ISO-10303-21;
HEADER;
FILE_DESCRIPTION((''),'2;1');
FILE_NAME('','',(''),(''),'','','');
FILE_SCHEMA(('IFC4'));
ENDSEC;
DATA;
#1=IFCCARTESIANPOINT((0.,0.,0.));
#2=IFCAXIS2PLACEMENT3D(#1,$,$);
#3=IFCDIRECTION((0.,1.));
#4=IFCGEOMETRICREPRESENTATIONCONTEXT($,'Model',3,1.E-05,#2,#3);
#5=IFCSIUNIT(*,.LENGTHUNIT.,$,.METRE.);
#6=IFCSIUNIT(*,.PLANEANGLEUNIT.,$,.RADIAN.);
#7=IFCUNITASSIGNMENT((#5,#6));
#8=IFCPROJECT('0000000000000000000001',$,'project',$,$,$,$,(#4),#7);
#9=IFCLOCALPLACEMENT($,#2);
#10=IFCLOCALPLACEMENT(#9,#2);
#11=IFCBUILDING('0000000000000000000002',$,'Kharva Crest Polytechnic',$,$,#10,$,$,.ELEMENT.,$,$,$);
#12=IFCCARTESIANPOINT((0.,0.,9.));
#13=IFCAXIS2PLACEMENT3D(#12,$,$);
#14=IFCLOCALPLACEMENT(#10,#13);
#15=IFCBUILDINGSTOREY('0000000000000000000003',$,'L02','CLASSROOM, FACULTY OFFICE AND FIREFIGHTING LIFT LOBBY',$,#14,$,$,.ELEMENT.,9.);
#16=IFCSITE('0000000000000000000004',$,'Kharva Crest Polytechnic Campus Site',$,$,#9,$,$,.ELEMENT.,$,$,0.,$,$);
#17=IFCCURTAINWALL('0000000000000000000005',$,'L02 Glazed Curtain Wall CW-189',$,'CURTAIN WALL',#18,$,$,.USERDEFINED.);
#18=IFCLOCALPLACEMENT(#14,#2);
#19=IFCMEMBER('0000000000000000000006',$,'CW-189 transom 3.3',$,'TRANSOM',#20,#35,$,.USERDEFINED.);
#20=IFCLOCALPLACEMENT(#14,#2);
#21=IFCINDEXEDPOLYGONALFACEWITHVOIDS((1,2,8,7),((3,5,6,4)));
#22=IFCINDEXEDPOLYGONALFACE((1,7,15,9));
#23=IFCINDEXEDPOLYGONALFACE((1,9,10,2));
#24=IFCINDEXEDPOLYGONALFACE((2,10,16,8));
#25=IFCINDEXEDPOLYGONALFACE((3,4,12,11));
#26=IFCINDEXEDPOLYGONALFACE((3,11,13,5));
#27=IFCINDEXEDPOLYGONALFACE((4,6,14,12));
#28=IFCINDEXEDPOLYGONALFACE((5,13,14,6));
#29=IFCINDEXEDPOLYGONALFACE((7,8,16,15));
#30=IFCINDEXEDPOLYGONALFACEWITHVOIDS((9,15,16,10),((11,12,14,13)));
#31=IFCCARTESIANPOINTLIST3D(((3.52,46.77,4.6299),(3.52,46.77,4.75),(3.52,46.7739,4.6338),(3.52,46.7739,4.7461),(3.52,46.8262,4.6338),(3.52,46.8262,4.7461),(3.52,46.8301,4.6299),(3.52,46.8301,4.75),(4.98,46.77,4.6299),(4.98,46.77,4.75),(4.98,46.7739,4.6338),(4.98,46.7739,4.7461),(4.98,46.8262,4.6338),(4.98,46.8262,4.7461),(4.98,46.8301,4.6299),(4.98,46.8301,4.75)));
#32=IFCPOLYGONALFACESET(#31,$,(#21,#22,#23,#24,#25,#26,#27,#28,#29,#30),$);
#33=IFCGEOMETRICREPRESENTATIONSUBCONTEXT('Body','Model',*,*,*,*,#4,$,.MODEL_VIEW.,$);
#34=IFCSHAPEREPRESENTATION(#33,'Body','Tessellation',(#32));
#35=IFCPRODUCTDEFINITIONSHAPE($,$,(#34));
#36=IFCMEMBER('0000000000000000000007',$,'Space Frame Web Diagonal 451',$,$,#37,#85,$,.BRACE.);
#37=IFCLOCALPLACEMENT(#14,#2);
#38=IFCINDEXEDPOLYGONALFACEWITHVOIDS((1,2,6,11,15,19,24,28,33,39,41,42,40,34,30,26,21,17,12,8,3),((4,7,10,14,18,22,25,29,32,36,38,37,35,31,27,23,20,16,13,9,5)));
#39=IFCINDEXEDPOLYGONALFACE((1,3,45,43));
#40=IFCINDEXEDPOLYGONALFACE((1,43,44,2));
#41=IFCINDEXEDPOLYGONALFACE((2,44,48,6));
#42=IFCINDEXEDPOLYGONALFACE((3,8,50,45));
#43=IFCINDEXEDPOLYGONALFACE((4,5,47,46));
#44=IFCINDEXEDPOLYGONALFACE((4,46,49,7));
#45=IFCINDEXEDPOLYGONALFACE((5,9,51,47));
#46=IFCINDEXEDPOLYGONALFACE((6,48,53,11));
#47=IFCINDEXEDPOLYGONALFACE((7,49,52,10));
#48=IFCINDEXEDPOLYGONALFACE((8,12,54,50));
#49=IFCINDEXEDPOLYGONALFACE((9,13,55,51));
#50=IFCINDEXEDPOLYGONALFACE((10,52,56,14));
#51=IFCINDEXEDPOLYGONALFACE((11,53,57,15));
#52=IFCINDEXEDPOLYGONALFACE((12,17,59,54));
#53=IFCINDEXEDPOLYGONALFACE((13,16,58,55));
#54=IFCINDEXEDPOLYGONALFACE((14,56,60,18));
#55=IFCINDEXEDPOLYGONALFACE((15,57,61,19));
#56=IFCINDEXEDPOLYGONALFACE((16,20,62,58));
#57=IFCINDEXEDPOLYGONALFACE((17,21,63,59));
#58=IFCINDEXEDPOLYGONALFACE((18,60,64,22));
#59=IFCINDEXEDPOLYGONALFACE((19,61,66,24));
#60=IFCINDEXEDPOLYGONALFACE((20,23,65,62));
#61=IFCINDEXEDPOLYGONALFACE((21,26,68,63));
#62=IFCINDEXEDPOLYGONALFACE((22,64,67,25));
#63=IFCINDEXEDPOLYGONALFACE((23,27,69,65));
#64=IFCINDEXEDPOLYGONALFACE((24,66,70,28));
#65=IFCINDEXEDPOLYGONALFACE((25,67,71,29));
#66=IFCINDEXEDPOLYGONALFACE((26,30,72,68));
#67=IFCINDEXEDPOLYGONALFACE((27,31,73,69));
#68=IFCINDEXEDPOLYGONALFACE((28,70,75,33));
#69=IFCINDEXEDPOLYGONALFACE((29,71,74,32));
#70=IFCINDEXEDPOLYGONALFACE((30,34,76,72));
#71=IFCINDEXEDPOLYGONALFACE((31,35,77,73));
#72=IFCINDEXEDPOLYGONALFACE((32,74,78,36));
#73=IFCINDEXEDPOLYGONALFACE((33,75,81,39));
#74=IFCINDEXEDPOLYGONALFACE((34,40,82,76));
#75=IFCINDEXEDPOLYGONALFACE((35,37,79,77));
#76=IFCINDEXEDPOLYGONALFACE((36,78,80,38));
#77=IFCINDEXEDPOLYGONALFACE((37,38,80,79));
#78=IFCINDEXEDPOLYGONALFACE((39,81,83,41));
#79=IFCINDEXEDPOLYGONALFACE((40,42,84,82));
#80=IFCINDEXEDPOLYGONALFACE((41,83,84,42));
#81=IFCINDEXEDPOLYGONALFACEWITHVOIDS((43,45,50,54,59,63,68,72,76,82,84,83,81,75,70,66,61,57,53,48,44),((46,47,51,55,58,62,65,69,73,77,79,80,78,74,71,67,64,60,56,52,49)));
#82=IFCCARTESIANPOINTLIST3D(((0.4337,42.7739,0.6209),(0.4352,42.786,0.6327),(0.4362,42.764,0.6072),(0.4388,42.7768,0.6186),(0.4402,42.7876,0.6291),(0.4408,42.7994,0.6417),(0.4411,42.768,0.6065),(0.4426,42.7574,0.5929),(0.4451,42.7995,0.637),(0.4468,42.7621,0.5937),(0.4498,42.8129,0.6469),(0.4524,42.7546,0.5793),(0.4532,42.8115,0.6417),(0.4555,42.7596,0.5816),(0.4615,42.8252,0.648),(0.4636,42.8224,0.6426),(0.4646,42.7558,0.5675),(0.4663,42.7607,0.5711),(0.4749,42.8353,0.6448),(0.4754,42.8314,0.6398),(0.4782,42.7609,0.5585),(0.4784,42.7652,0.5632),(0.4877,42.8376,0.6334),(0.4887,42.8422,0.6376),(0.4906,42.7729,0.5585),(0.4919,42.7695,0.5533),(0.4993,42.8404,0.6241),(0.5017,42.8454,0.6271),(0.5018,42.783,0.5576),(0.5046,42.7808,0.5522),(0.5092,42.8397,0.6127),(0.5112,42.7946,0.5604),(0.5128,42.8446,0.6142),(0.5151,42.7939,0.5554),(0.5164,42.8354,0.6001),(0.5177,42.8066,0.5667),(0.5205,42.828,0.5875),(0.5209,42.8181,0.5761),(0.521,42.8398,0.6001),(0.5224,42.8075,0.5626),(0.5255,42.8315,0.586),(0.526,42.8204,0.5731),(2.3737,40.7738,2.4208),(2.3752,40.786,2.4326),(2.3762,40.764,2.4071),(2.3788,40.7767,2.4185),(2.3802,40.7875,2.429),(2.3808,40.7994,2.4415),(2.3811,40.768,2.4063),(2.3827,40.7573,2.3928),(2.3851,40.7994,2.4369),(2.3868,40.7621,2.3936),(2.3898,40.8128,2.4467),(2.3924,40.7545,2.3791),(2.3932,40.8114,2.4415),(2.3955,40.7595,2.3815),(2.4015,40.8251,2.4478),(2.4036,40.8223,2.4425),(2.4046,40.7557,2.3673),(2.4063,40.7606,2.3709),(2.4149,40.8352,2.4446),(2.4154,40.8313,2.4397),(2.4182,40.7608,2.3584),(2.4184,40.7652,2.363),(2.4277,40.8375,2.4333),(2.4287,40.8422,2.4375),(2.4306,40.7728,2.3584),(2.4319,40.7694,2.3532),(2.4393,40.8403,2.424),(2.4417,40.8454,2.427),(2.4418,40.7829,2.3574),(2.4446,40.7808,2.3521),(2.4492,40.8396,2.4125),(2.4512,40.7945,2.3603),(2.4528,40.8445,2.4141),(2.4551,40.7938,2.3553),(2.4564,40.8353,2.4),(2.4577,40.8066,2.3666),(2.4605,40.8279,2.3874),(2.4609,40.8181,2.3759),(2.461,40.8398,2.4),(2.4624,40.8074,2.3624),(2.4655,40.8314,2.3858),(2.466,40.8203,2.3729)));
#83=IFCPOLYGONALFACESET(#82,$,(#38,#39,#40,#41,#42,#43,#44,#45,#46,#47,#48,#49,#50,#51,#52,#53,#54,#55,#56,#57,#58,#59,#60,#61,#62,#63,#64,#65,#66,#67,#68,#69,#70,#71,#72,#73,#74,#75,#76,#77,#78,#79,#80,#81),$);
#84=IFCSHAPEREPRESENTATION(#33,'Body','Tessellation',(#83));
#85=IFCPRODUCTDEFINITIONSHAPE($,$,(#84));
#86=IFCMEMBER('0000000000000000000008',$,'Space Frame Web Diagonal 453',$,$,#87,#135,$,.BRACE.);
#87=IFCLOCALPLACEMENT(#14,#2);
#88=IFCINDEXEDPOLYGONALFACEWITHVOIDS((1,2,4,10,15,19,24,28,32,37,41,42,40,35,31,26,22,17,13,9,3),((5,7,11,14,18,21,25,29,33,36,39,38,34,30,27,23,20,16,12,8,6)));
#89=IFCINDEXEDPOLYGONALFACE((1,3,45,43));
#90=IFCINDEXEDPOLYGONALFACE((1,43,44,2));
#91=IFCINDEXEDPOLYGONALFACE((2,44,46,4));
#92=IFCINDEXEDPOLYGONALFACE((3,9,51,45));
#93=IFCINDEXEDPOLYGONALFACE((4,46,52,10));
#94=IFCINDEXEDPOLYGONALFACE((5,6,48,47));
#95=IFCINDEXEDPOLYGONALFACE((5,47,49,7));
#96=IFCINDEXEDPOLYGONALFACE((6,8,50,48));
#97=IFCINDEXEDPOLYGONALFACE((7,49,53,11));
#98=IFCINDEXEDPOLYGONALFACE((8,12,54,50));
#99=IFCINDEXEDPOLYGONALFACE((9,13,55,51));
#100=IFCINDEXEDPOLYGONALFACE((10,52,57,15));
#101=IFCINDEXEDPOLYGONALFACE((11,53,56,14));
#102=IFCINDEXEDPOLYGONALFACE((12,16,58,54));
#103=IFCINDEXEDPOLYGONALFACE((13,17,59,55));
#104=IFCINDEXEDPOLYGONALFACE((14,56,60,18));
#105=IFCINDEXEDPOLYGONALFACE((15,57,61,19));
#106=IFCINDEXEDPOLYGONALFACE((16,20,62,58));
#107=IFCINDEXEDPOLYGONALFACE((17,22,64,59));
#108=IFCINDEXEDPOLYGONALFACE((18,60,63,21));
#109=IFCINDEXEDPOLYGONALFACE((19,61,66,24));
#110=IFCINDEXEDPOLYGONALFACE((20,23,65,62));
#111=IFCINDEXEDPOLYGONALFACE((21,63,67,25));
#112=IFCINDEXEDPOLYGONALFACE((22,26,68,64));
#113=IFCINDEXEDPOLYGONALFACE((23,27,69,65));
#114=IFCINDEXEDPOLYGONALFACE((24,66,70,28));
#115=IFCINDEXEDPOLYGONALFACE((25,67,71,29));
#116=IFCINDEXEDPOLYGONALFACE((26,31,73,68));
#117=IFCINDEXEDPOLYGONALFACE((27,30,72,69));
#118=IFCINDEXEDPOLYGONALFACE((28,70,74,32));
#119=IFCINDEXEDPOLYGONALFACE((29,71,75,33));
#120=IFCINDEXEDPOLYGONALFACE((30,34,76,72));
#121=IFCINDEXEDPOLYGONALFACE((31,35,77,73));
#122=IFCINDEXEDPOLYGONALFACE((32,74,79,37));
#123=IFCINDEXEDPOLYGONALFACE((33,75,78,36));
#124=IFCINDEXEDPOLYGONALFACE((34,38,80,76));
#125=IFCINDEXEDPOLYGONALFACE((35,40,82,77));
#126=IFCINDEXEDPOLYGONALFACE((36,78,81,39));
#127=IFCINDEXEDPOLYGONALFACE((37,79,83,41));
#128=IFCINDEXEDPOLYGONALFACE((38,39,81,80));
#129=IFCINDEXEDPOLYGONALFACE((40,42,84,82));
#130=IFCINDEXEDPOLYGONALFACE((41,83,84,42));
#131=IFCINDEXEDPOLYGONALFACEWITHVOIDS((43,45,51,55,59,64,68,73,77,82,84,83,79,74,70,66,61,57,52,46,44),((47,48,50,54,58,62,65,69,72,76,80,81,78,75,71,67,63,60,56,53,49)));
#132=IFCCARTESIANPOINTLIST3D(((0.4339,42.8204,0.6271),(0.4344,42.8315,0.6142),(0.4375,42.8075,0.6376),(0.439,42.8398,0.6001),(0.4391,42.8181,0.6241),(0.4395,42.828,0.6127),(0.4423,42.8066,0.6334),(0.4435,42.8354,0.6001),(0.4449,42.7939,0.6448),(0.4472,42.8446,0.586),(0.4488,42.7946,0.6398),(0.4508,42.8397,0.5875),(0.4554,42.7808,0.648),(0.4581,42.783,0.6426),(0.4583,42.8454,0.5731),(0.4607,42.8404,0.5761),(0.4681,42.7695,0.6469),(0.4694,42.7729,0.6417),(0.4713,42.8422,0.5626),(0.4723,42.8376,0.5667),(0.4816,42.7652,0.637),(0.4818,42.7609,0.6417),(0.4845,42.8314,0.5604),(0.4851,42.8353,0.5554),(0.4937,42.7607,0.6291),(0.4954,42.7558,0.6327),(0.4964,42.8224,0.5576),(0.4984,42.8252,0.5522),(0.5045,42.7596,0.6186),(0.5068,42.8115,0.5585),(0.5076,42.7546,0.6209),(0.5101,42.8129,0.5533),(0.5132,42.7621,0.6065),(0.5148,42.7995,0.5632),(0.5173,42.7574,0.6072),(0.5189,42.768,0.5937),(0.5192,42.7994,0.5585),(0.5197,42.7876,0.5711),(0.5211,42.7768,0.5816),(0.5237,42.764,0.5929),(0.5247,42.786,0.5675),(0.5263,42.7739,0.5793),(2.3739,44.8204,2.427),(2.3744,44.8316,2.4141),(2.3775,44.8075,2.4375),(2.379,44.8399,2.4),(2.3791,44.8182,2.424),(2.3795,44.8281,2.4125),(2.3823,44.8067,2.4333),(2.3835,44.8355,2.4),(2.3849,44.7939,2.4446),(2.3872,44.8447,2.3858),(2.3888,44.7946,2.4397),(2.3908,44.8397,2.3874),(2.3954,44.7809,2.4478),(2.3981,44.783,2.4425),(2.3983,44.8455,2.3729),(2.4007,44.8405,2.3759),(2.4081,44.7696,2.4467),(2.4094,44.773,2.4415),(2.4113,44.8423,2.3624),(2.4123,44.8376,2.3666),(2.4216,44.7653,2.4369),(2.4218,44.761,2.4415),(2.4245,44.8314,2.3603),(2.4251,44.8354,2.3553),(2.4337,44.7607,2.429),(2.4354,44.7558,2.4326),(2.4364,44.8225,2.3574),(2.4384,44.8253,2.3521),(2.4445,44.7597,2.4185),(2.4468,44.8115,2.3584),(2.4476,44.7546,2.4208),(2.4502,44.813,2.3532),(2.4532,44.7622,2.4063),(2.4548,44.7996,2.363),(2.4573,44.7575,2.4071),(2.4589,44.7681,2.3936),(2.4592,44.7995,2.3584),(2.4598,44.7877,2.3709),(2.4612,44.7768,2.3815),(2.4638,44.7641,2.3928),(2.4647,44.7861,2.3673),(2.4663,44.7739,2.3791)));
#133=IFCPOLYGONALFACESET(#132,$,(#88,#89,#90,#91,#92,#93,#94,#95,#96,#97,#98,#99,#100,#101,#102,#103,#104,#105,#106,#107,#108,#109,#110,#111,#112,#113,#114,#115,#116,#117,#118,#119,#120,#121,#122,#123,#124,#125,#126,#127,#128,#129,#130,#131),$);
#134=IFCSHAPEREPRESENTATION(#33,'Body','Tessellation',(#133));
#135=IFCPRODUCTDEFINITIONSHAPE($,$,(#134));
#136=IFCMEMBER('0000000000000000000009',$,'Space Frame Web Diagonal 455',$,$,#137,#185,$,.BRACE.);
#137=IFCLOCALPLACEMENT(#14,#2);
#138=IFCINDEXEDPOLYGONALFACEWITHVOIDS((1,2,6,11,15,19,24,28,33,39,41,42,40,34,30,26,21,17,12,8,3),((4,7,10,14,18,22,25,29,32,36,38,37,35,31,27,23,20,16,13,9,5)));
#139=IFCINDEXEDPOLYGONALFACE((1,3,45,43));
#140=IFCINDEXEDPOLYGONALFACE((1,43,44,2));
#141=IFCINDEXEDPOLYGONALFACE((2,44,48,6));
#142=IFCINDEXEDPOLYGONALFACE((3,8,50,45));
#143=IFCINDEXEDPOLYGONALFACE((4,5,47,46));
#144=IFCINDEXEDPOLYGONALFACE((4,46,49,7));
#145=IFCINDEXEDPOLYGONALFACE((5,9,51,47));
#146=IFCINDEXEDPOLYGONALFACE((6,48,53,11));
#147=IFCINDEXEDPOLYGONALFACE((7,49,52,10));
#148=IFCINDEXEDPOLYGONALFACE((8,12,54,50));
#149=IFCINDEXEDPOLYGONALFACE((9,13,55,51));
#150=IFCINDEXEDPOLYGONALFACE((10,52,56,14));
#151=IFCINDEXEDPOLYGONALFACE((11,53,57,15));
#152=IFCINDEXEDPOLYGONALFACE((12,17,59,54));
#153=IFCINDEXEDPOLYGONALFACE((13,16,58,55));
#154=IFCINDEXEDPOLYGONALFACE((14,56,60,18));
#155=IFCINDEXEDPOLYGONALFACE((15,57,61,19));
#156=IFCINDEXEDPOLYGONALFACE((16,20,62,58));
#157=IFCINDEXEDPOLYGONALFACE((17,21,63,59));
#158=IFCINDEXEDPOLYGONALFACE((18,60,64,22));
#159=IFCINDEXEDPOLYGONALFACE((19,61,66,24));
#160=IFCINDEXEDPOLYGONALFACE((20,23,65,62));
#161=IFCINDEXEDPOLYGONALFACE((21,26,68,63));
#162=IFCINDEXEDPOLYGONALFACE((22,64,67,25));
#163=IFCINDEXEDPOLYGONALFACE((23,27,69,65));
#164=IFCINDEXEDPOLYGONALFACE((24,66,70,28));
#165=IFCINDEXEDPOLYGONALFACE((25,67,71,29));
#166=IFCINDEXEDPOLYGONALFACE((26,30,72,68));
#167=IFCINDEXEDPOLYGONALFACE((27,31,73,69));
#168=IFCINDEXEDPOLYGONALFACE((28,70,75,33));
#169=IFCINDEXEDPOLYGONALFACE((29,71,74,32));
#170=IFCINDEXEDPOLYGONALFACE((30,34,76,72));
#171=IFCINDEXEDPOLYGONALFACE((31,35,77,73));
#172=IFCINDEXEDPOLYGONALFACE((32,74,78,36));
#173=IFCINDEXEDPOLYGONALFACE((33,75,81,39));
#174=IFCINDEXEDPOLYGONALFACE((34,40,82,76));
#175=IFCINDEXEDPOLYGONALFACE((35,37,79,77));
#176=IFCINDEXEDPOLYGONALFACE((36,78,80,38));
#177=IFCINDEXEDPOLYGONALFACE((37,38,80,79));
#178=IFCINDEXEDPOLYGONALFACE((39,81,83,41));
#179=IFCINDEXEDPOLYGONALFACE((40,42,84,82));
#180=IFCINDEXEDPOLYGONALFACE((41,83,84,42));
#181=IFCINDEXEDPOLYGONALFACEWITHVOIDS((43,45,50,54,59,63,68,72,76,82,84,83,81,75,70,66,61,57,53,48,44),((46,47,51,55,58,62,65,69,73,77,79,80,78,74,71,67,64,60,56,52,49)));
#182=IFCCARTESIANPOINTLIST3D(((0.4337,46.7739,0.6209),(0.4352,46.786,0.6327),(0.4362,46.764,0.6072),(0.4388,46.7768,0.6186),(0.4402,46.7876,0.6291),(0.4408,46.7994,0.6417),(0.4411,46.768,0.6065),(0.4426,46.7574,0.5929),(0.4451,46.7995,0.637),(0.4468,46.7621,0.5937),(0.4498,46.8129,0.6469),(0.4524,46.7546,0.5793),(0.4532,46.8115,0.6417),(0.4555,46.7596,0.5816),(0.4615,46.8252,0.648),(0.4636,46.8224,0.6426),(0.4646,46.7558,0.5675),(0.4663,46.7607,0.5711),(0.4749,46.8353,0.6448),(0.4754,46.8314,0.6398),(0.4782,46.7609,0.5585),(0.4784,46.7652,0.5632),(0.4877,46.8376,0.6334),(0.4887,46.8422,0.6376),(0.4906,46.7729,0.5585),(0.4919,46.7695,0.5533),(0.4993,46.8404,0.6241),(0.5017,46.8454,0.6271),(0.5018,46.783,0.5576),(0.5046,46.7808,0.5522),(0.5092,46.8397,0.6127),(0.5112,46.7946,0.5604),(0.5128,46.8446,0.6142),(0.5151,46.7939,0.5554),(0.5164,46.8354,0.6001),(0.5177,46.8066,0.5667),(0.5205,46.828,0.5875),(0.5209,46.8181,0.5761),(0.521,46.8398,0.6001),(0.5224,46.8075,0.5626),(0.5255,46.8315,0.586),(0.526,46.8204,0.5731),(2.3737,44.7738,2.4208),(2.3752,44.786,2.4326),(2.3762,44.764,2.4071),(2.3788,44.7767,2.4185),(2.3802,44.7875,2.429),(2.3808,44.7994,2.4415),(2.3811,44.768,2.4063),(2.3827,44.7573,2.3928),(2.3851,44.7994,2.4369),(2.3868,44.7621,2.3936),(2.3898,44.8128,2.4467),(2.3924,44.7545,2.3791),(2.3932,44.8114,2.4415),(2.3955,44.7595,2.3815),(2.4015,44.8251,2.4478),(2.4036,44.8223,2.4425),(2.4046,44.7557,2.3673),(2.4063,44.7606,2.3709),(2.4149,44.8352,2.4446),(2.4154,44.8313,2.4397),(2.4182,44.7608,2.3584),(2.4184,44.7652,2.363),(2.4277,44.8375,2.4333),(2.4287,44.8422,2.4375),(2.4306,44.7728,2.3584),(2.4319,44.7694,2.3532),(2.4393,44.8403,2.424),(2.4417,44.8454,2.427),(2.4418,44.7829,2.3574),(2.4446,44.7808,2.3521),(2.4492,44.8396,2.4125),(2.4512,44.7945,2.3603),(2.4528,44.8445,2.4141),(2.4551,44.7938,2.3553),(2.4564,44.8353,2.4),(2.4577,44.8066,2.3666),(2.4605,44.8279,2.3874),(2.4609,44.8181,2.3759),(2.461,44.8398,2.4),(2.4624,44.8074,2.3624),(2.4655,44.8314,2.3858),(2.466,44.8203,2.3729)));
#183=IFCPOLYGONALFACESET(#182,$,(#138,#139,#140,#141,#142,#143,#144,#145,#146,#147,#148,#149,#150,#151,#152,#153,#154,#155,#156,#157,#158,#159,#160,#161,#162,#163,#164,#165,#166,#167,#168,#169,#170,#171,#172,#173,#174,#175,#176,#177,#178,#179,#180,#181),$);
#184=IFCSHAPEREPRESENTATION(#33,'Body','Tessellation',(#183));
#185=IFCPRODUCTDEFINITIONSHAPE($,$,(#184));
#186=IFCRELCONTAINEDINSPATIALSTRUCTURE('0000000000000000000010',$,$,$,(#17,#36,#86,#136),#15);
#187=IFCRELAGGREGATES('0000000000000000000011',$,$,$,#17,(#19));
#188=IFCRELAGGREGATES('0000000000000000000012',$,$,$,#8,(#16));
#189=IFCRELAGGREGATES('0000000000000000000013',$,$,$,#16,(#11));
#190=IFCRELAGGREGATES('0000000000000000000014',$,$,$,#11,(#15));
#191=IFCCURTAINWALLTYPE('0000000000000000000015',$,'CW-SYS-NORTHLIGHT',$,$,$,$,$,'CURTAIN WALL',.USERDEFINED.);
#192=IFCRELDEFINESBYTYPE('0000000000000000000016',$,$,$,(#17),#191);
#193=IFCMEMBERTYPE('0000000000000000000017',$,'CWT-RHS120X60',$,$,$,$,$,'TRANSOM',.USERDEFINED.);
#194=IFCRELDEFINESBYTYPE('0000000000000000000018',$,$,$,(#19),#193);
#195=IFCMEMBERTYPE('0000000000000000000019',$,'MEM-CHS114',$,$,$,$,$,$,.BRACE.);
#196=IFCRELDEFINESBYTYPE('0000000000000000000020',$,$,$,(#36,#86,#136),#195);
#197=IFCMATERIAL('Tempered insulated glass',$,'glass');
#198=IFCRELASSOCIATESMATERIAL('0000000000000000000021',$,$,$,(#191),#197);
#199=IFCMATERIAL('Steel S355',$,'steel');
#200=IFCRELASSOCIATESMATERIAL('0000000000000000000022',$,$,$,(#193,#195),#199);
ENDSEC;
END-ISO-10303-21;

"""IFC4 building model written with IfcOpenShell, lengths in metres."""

from ifc_helpers import new_model, si_unit, direction, frame, origin, origin_2d, place, context, subcontext, project, spatial, hollow_rectangle, hollow_circle, extrude, material, material_profile, profile_set, type_object, element, aggregate, save


model = new_model("IFC4")

# Units and contexts
model_context = context("Model", 3, precision=1e-05, world=origin(), true_north=direction((0.0, 1.0)))
body_context = subcontext(model_context, "Body", "Model", "MODEL_VIEW")
ifc_project = project(units=[si_unit("LENGTHUNIT", "METRE"), si_unit("PLANEANGLEUNIT", "RADIAN")], contexts=[model_context])

# Site, building, storey
site_placement = place(None, origin())
site = spatial("IfcSite", under=ifc_project, at=site_placement, Name="Kharva Crest Polytechnic Campus Site", CompositionType="ELEMENT", RefElevation=0.0)
building_placement = place(site_placement, origin())
building = spatial("IfcBuilding", under=site, at=building_placement, Name="Kharva Crest Polytechnic", CompositionType="ELEMENT")
storey_placement = place(building_placement, frame((0.0, 0.0, 9.0)))
storey = spatial("IfcBuildingStorey", under=building, at=storey_placement, Name="L02", Description="CLASSROOM, FACULTY OFFICE AND FIREFIGHTING LIFT LOBBY", CompositionType="ELEMENT", Elevation=9.0)

# Curtain wall, member
ifc_material_1 = material(Name="Tempered insulated glass", Category="glass")
curtain_wall_type = type_object("IfcCurtainWallType", Name="CW-SYS-NORTHLIGHT", ElementType="CURTAIN WALL", PredefinedType="USERDEFINED", material=ifc_material_1)
curtain_wall_placement = place(storey_placement, origin())
curtain_wall = element("IfcCurtainWall", 1, at=curtain_wall_placement, inside=storey, type_object=curtain_wall_type, Name="L02 Glazed Curtain Wall CW-189", ObjectType="CURTAIN WALL", PredefinedType="USERDEFINED")
ifc_material_2 = material(Name="Steel S355", Category="steel")
ifc_material_profile_1 = material_profile(ifc_material_2, hollow_rectangle(XDim=0.0601, YDim=0.1201, WallThickness=0.0039, at=origin_2d()), Name="RHS 120X60X4.0")
ifc_profile_set_1 = profile_set([ifc_material_profile_1], Name="Steel S355")
member_type_1 = type_object("IfcMemberType", Name="CWT-RHS120X60", ElementType="TRANSOM", PredefinedType="USERDEFINED", material=ifc_profile_set_1)
member_1_placement = place(storey_placement, frame((3.52, 46.8, 4.6899), z_axis=(1.0, 0.0, 0.0), x_axis=(0.0, 1.0, 0.0)))
member_1 = element("IfcMember", 2, at=member_1_placement, type_object=member_type_1, Name="CW-189 transom 3.3", ObjectType="TRANSOM", PredefinedType="USERDEFINED", context=body_context, shape_type="SweptSolid", body=[
    extrude(hollow_rectangle(XDim=0.0601, YDim=0.1201, WallThickness=0.0039, at=origin_2d()), origin(), (0.0, 0.0, 1.0), 1.46),
])

# Members
ifc_material_profile_2 = material_profile(ifc_material_2, hollow_circle(Radius=0.0571, WallThickness=0.0063, at=origin_2d()), Name="CHS 114.3X6.3")
ifc_profile_set_2 = profile_set([ifc_material_profile_2], Name="Steel S355")
member_type_2 = type_object("IfcMemberType", Name="MEM-CHS114", PredefinedType="BRACE", material=ifc_profile_set_2)
for number, where, z_axis, x_axis, name in (
    (3, (0.48, 42.8, 0.6001), (0.584843, -0.60295, 0.542596), (0.717802, 0.696247, 0.0), "Space Frame Web Diagonal 451"),
    (4, (0.48, 42.8, 0.6001), (0.584843, 0.60295, 0.542596), (-0.717802, 0.696247, 0.0), "Space Frame Web Diagonal 453"),
    (5, (0.48, 46.8, 0.6001), (0.584843, -0.60295, 0.542596), (0.717802, 0.696247, 0.0), "Space Frame Web Diagonal 455"),
):
    element("IfcMember", number, at=place(storey_placement, frame(where, z_axis=z_axis, x_axis=x_axis)), inside=storey, type_object=member_type_2, Name=name, PredefinedType="BRACE", context=body_context, shape_type="SweptSolid", body=[
        extrude(hollow_circle(Radius=0.0571, WallThickness=0.0063, at=origin_2d()), origin(), (0.0, 0.0, 1.0), 3.3171),
    ])

aggregate(curtain_wall, [member_1])

save(model, "model.ifc")
